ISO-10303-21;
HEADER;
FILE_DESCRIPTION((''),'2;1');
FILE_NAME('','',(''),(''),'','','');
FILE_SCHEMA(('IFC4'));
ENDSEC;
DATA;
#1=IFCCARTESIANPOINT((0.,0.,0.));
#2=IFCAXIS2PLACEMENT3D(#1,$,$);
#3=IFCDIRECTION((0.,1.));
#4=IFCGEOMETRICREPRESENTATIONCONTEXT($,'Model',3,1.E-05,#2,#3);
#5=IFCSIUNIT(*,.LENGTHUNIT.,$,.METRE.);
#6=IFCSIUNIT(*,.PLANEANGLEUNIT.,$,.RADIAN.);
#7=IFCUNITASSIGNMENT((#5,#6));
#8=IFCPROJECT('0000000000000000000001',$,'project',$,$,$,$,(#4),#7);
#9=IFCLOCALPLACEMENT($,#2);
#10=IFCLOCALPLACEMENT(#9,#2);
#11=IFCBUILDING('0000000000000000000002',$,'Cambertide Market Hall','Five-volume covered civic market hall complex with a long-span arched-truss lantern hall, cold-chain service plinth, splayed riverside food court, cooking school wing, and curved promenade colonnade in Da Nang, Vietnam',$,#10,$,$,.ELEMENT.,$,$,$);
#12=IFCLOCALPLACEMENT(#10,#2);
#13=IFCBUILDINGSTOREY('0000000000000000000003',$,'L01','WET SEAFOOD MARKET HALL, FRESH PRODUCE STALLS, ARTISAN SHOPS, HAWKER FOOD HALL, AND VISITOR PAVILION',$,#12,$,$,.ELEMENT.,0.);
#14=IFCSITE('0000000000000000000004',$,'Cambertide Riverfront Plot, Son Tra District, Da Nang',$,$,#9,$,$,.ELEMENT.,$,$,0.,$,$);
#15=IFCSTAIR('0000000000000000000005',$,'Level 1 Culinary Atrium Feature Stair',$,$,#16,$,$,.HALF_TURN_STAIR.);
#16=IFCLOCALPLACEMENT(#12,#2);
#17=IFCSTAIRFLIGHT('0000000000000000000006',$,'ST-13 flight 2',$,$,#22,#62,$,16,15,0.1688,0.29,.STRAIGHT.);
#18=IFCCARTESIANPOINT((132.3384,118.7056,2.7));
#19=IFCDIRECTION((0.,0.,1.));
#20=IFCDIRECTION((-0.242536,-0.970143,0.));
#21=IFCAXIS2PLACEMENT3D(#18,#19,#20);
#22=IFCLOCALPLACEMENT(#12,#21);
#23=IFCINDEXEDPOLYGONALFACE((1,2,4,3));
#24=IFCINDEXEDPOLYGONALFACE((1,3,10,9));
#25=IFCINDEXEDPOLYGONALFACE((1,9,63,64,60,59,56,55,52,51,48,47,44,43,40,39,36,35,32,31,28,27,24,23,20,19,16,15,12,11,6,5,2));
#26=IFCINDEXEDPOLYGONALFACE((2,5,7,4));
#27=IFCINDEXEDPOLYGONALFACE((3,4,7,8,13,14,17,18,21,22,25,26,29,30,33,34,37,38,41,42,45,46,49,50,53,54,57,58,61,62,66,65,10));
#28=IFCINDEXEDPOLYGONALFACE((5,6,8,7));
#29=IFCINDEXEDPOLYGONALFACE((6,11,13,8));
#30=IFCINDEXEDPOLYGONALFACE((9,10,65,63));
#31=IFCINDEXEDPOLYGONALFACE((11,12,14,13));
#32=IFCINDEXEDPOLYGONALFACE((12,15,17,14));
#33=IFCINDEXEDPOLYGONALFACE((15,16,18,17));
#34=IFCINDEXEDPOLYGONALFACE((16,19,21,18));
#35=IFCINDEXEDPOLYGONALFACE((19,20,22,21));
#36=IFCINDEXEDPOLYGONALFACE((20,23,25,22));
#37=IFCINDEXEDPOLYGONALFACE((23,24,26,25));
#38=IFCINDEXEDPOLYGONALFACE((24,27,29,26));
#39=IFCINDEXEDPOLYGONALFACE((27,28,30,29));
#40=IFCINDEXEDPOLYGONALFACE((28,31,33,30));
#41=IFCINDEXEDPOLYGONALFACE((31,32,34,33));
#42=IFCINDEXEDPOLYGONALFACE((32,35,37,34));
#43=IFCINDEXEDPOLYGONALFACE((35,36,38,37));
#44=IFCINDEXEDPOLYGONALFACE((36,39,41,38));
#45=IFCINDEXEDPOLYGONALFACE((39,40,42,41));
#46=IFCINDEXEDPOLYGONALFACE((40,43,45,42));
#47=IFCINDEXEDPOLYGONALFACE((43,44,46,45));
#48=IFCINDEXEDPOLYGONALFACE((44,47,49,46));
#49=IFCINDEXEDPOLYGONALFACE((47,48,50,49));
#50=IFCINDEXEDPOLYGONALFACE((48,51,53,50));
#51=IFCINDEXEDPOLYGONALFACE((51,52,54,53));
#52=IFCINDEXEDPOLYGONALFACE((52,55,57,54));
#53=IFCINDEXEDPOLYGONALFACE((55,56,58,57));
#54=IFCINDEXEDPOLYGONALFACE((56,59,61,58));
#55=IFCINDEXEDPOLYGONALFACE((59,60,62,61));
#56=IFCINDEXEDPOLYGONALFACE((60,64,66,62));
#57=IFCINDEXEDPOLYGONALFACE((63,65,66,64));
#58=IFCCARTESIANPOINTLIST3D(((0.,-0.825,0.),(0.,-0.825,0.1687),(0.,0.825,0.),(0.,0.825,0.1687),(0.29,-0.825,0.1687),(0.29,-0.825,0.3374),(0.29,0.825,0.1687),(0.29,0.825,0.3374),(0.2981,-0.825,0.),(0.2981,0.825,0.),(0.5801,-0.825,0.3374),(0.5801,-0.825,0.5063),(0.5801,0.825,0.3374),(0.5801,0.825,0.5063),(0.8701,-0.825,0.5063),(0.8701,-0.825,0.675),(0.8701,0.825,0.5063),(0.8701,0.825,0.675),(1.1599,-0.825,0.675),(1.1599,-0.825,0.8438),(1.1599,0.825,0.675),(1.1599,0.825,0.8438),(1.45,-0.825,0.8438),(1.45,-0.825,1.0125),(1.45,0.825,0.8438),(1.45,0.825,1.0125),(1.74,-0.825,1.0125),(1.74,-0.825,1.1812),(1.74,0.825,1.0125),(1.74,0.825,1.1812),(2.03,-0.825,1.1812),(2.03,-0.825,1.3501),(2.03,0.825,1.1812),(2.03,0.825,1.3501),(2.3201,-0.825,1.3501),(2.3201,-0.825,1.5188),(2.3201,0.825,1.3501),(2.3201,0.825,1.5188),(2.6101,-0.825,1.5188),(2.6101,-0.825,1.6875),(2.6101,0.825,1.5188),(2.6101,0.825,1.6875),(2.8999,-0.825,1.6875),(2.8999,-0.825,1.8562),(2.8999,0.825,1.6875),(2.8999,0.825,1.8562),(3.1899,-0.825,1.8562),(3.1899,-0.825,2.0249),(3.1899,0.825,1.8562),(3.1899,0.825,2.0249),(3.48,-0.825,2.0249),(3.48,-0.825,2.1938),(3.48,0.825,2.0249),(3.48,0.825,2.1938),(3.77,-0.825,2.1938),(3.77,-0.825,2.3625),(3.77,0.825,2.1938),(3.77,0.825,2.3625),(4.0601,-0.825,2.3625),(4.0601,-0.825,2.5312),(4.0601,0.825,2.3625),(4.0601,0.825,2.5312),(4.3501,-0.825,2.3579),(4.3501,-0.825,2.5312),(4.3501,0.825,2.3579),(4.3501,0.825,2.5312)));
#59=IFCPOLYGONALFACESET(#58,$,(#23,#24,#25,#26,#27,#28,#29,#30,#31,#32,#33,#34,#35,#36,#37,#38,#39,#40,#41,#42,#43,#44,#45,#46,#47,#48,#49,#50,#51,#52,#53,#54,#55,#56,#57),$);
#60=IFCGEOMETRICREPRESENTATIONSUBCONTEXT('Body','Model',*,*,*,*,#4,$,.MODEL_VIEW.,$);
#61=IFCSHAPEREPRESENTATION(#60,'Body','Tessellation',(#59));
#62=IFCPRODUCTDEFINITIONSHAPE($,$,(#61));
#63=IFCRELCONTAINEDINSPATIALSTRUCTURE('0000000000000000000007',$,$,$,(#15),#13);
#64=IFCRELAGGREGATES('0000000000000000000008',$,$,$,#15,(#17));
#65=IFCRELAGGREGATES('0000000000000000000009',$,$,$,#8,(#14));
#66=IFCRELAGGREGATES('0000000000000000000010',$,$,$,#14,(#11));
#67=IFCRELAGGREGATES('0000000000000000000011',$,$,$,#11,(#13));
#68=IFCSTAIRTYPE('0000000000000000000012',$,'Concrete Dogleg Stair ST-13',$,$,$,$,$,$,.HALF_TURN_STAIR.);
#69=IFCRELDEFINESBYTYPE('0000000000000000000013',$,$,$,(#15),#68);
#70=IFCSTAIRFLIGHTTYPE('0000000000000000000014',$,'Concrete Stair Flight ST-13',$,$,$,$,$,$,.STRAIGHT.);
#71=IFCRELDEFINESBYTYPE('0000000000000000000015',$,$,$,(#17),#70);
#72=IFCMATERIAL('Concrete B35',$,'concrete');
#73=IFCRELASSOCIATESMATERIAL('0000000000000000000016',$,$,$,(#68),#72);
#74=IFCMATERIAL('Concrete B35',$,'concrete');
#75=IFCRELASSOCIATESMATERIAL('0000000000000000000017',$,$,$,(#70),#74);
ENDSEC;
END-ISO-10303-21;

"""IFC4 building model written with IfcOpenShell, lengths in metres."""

from ifc_helpers import new_model, si_unit, direction, frame, origin, place, context, subcontext, project, spatial, polyline, outline, extrude, material, type_object, element, aggregate, save


model = new_model("IFC4")

# Units and contexts
model_context = context("Model", 3, precision=1e-05, world=origin(), true_north=direction((0.0, 1.0)))
body_context = subcontext(model_context, "Body", "Model", "MODEL_VIEW")
ifc_project = project(units=[si_unit("LENGTHUNIT", "METRE"), si_unit("PLANEANGLEUNIT", "RADIAN")], contexts=[model_context])

# Site, building, storey
site_placement = place(None, origin())
site = spatial("IfcSite", under=ifc_project, at=site_placement, Name="Cambertide Riverfront Plot, Son Tra District, Da Nang", CompositionType="ELEMENT", RefElevation=0.0)
building_placement = place(site_placement, origin())
building = spatial("IfcBuilding", under=site, at=building_placement, Name="Cambertide Market Hall", Description="Five-volume covered civic market hall complex with a long-span arched-truss lantern hall, cold-chain service plinth, splayed riverside food court, cooking school wing, and curved promenade colonnade in Da Nang, Vietnam", CompositionType="ELEMENT")
storey_placement = place(building_placement, origin())
storey = spatial("IfcBuildingStorey", under=building, at=storey_placement, Name="L01", Description="WET SEAFOOD MARKET HALL, FRESH PRODUCE STALLS, ARTISAN SHOPS, HAWKER FOOD HALL, AND VISITOR PAVILION", CompositionType="ELEMENT", Elevation=0.0)

# Stair, stair flight
ifc_material_1 = material(Name="Concrete B35", Category="concrete")
stair_type = type_object("IfcStairType", Name="Concrete Dogleg Stair ST-13", PredefinedType="HALF_TURN_STAIR", material=ifc_material_1)
stair_placement = place(storey_placement, origin())
stair = element("IfcStair", 1, at=stair_placement, inside=storey, type_object=stair_type, Name="Level 1 Culinary Atrium Feature Stair", PredefinedType="HALF_TURN_STAIR")
ifc_material_2 = material(Name="Concrete B35", Category="concrete")
stair_flight_type = type_object("IfcStairFlightType", Name="Concrete Stair Flight ST-13", PredefinedType="STRAIGHT", material=ifc_material_2)
stair_flight_placement = place(storey_placement, frame((132.3384, 118.7056, 2.7), z_axis=(0.0, 0.0, 1.0), x_axis=(-0.242536, -0.970143, 0.0)))
stair_flight = element("IfcStairFlight", 2, at=stair_flight_placement, type_object=stair_flight_type, Name="ST-13 flight 2", NumberOfRisers=16, NumberOfTreads=15, PredefinedType="STRAIGHT", RiserHeight=0.1688, TreadLength=0.29, context=body_context, shape_type="SweptSolid", body=[
    extrude(outline(polyline([(0.0, 0.0), (0.0, 0.1687), (0.29, 0.1687), (0.29, 0.3374), (0.5801, 0.3374), (0.5801, 0.5063), (0.8701, 0.5063), (0.8701, 0.675), (1.1599, 0.675), (1.1599, 0.8438), (1.45, 0.8438), (1.45, 1.0125), (1.74, 1.0125), (1.74, 1.1812), (2.03, 1.1812), (2.03, 1.3501), (2.3201, 1.3501), (2.3201, 1.5188), (2.6101, 1.5188), (2.6101, 1.6875), (2.8999, 1.6875), (2.8999, 1.8562), (3.1899, 1.8562), (3.1899, 2.0249), (3.48, 2.0249), (3.48, 2.1938), (3.77, 2.1938), (3.77, 2.3625), (4.0601, 2.3625), (4.0601, 2.5312), (4.3501, 2.5312), (4.3501, 2.7), (4.3501, 2.3579), (0.2981, 0.0), (0.0, 0.0)])), frame((0.0, 0.825, 0.0), z_axis=(0.0, -1.0, 0.0), x_axis=(1.0, 0.0, 0.0)), (0.0, 0.0, 1.0), 1.6499),
])
aggregate(stair, [stair_flight])

save(model, "model.ifc")
